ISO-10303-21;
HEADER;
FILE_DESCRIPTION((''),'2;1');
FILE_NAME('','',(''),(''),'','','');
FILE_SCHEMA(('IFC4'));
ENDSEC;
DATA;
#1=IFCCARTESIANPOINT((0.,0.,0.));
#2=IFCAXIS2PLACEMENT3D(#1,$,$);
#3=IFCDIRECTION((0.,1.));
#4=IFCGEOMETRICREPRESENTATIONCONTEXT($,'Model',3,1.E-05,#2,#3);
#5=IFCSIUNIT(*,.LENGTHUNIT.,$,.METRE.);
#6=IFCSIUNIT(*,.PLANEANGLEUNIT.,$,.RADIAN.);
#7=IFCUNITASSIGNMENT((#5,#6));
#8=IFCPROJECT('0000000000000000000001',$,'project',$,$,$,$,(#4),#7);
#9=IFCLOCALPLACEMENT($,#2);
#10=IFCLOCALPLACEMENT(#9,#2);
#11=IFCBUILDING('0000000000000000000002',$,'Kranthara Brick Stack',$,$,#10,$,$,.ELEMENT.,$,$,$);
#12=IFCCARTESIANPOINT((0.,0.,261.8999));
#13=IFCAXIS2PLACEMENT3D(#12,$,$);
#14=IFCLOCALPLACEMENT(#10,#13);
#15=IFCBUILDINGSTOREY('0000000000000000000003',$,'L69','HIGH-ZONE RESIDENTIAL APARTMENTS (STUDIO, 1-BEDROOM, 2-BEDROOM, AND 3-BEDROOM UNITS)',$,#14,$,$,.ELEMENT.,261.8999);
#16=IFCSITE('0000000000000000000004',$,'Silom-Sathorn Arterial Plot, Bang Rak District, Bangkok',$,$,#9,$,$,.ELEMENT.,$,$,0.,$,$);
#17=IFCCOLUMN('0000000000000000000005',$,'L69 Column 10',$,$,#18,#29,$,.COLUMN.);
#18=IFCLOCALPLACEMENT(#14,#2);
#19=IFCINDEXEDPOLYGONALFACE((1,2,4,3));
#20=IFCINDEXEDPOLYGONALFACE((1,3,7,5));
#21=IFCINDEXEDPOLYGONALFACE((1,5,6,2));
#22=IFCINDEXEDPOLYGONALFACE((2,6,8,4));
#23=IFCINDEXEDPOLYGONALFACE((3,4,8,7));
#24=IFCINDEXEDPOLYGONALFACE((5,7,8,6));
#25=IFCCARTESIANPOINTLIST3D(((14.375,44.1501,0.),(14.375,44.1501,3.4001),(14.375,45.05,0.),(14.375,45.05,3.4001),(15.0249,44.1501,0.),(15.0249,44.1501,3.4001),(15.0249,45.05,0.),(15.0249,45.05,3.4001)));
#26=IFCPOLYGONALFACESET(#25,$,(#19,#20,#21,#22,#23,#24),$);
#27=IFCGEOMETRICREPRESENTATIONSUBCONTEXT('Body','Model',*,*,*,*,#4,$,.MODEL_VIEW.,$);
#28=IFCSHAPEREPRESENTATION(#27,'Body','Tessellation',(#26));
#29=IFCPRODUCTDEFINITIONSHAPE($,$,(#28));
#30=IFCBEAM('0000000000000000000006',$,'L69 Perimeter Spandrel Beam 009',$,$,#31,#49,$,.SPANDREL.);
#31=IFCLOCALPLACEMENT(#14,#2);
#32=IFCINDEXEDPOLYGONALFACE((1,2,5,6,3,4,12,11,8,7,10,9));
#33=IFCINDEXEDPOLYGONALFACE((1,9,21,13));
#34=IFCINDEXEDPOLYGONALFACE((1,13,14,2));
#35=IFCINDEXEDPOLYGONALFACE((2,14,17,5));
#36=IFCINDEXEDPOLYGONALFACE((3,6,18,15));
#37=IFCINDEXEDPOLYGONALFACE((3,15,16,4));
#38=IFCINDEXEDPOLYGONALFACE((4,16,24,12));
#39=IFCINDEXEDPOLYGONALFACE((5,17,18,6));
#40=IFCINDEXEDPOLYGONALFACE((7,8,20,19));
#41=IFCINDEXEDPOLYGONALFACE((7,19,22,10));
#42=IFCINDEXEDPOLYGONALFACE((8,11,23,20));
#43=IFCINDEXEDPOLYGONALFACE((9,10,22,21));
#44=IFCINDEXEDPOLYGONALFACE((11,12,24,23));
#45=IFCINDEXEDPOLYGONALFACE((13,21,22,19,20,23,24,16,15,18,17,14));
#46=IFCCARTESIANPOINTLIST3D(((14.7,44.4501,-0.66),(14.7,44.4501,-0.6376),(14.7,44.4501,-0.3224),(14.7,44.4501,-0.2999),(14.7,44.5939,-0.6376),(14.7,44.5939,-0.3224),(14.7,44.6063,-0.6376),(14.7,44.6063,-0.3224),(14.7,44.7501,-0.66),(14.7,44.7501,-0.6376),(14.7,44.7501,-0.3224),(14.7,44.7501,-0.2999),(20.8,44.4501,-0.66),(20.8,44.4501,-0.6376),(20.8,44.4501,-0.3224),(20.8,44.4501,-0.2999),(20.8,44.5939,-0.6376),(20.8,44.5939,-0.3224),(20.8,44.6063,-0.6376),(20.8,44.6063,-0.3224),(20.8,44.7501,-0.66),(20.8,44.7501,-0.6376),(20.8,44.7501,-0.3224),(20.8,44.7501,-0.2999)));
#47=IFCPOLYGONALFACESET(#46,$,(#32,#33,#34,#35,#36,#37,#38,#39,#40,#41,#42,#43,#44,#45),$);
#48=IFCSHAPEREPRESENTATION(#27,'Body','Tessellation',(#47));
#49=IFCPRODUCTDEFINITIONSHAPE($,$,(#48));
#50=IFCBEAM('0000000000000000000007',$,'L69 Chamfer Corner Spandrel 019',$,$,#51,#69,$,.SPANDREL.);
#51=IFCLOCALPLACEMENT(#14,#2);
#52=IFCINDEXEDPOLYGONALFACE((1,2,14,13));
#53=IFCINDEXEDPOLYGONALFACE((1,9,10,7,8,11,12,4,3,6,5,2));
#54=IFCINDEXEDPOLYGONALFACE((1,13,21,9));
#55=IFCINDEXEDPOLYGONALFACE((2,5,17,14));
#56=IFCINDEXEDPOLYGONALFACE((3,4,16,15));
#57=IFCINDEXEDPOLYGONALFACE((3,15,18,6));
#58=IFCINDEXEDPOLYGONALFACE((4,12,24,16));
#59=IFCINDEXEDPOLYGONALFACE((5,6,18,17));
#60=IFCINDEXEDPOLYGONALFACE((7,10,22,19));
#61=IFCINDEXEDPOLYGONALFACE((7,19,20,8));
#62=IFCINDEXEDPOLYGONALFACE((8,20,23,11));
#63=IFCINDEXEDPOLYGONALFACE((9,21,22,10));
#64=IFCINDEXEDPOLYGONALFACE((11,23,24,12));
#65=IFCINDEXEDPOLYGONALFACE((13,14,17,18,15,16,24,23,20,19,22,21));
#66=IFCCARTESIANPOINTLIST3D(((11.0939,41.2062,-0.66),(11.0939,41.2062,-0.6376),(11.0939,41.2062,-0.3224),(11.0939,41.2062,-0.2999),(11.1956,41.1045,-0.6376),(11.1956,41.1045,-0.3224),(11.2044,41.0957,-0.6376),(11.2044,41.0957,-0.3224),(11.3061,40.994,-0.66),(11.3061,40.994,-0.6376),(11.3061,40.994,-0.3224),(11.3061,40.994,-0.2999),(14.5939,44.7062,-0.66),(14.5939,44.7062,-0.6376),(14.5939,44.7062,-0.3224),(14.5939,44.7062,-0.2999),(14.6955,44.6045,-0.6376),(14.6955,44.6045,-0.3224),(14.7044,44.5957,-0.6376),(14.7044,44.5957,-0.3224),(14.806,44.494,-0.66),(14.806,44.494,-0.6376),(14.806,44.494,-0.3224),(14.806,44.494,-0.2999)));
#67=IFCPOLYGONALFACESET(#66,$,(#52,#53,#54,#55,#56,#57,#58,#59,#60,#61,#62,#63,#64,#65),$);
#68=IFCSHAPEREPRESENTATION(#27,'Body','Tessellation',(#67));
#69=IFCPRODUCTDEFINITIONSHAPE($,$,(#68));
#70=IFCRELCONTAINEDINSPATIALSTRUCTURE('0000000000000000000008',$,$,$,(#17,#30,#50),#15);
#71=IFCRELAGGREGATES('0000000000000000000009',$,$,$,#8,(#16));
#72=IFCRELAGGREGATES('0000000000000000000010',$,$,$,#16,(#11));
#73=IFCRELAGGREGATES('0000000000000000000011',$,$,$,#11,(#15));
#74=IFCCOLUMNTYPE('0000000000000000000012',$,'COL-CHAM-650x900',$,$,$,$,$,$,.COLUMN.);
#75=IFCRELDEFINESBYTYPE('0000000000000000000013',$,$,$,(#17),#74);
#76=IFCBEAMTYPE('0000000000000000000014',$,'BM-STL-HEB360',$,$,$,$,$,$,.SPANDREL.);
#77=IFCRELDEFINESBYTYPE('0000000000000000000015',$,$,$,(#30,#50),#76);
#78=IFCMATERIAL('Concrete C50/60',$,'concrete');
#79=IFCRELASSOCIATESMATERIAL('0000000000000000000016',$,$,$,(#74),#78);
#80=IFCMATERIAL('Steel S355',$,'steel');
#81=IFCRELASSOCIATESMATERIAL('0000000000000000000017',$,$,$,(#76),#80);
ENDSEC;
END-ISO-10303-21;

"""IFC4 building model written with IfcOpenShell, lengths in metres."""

from ifc_helpers import new_model, si_unit, direction, frame, origin, origin_2d, place, context, subcontext, project, spatial, rectangle, i_section, extrude, material, material_profile, profile_set, type_object, element, save


model = new_model("IFC4")

# Units and contexts
model_context = context("Model", 3, precision=1e-05, world=origin(), true_north=direction((0.0, 1.0)))
body_context = subcontext(model_context, "Body", "Model", "MODEL_VIEW")
ifc_project = project(units=[si_unit("LENGTHUNIT", "METRE"), si_unit("PLANEANGLEUNIT", "RADIAN")], contexts=[model_context])

# Site, building, storey
site_placement = place(None, origin())
site = spatial("IfcSite", under=ifc_project, at=site_placement, Name="Silom-Sathorn Arterial Plot, Bang Rak District, Bangkok", CompositionType="ELEMENT", RefElevation=0.0)
building_placement = place(site_placement, origin())
building = spatial("IfcBuilding", under=site, at=building_placement, Name="Kranthara Brick Stack", CompositionType="ELEMENT")
storey_placement = place(building_placement, frame((0.0, 0.0, 261.8999)))
storey = spatial("IfcBuildingStorey", under=building, at=storey_placement, Name="L69", Description="HIGH-ZONE RESIDENTIAL APARTMENTS (STUDIO, 1-BEDROOM, 2-BEDROOM, AND 3-BEDROOM UNITS)", CompositionType="ELEMENT", Elevation=261.8999)

# Column
ifc_material_1 = material(Name="Concrete C50/60", Category="concrete")
ifc_material_profile_1 = material_profile(ifc_material_1, rectangle(XDim=0.6499, YDim=0.8999, at=origin_2d()), Name="RC 650x900")
ifc_profile_set_1 = profile_set([ifc_material_profile_1], Name="Concrete C50/60")
column_type = type_object("IfcColumnType", Name="COL-CHAM-650x900", PredefinedType="COLUMN", material=ifc_profile_set_1)
column_placement = place(storey_placement, frame((14.7, 44.6001, 0.0), z_axis=(0.0, 0.0, 1.0), x_axis=(1.0, 0.0, 0.0)))
element("IfcColumn", 1, at=column_placement, inside=storey, type_object=column_type, Name="L69 Column 10", PredefinedType="COLUMN", context=body_context, shape_type="SweptSolid", body=[
    extrude(rectangle(XDim=0.6499, YDim=0.8999, at=origin_2d()), origin(), (0.0, 0.0, 1.0), 3.4001),
])

# Beams
ifc_material_2 = material(Name="Steel S355", Category="steel")
ifc_material_profile_2 = material_profile(ifc_material_2, i_section(OverallWidth=0.3, OverallDepth=0.3601, WebThickness=0.0125, FlangeThickness=0.0225, at=origin_2d()), Name="HEB 360")
ifc_profile_set_2 = profile_set([ifc_material_profile_2], Name="Steel S355")
beam_type = type_object("IfcBeamType", Name="BM-STL-HEB360", PredefinedType="SPANDREL", material=ifc_profile_set_2)
beam_1_placement = place(storey_placement, frame((14.7, 44.6001, -0.48), z_axis=(1.0, 0.0, 0.0), x_axis=(0.0, 1.0, 0.0)))
element("IfcBeam", 2, at=beam_1_placement, inside=storey, type_object=beam_type, Name="L69 Perimeter Spandrel Beam 009", PredefinedType="SPANDREL", context=body_context, shape_type="SweptSolid", body=[
    extrude(i_section(OverallWidth=0.3, OverallDepth=0.3601, WebThickness=0.0125, FlangeThickness=0.0225, at=origin_2d()), origin(), (0.0, 0.0, 1.0), 6.1001),
])
beam_2_placement = place(storey_placement, frame((14.7, 44.6001, -0.48), z_axis=(-0.707107, -0.707107, 0.0), x_axis=(0.707107, -0.707107, 0.0)))
element("IfcBeam", 3, at=beam_2_placement, inside=storey, type_object=beam_type, Name="L69 Chamfer Corner Spandrel 019", PredefinedType="SPANDREL", context=body_context, shape_type="SweptSolid", body=[
    extrude(i_section(OverallWidth=0.3, OverallDepth=0.3601, WebThickness=0.0125, FlangeThickness=0.0225, at=origin_2d()), origin(), (0.0, 0.0, 1.0), 4.9497),
])

save(model, "model.ifc")
